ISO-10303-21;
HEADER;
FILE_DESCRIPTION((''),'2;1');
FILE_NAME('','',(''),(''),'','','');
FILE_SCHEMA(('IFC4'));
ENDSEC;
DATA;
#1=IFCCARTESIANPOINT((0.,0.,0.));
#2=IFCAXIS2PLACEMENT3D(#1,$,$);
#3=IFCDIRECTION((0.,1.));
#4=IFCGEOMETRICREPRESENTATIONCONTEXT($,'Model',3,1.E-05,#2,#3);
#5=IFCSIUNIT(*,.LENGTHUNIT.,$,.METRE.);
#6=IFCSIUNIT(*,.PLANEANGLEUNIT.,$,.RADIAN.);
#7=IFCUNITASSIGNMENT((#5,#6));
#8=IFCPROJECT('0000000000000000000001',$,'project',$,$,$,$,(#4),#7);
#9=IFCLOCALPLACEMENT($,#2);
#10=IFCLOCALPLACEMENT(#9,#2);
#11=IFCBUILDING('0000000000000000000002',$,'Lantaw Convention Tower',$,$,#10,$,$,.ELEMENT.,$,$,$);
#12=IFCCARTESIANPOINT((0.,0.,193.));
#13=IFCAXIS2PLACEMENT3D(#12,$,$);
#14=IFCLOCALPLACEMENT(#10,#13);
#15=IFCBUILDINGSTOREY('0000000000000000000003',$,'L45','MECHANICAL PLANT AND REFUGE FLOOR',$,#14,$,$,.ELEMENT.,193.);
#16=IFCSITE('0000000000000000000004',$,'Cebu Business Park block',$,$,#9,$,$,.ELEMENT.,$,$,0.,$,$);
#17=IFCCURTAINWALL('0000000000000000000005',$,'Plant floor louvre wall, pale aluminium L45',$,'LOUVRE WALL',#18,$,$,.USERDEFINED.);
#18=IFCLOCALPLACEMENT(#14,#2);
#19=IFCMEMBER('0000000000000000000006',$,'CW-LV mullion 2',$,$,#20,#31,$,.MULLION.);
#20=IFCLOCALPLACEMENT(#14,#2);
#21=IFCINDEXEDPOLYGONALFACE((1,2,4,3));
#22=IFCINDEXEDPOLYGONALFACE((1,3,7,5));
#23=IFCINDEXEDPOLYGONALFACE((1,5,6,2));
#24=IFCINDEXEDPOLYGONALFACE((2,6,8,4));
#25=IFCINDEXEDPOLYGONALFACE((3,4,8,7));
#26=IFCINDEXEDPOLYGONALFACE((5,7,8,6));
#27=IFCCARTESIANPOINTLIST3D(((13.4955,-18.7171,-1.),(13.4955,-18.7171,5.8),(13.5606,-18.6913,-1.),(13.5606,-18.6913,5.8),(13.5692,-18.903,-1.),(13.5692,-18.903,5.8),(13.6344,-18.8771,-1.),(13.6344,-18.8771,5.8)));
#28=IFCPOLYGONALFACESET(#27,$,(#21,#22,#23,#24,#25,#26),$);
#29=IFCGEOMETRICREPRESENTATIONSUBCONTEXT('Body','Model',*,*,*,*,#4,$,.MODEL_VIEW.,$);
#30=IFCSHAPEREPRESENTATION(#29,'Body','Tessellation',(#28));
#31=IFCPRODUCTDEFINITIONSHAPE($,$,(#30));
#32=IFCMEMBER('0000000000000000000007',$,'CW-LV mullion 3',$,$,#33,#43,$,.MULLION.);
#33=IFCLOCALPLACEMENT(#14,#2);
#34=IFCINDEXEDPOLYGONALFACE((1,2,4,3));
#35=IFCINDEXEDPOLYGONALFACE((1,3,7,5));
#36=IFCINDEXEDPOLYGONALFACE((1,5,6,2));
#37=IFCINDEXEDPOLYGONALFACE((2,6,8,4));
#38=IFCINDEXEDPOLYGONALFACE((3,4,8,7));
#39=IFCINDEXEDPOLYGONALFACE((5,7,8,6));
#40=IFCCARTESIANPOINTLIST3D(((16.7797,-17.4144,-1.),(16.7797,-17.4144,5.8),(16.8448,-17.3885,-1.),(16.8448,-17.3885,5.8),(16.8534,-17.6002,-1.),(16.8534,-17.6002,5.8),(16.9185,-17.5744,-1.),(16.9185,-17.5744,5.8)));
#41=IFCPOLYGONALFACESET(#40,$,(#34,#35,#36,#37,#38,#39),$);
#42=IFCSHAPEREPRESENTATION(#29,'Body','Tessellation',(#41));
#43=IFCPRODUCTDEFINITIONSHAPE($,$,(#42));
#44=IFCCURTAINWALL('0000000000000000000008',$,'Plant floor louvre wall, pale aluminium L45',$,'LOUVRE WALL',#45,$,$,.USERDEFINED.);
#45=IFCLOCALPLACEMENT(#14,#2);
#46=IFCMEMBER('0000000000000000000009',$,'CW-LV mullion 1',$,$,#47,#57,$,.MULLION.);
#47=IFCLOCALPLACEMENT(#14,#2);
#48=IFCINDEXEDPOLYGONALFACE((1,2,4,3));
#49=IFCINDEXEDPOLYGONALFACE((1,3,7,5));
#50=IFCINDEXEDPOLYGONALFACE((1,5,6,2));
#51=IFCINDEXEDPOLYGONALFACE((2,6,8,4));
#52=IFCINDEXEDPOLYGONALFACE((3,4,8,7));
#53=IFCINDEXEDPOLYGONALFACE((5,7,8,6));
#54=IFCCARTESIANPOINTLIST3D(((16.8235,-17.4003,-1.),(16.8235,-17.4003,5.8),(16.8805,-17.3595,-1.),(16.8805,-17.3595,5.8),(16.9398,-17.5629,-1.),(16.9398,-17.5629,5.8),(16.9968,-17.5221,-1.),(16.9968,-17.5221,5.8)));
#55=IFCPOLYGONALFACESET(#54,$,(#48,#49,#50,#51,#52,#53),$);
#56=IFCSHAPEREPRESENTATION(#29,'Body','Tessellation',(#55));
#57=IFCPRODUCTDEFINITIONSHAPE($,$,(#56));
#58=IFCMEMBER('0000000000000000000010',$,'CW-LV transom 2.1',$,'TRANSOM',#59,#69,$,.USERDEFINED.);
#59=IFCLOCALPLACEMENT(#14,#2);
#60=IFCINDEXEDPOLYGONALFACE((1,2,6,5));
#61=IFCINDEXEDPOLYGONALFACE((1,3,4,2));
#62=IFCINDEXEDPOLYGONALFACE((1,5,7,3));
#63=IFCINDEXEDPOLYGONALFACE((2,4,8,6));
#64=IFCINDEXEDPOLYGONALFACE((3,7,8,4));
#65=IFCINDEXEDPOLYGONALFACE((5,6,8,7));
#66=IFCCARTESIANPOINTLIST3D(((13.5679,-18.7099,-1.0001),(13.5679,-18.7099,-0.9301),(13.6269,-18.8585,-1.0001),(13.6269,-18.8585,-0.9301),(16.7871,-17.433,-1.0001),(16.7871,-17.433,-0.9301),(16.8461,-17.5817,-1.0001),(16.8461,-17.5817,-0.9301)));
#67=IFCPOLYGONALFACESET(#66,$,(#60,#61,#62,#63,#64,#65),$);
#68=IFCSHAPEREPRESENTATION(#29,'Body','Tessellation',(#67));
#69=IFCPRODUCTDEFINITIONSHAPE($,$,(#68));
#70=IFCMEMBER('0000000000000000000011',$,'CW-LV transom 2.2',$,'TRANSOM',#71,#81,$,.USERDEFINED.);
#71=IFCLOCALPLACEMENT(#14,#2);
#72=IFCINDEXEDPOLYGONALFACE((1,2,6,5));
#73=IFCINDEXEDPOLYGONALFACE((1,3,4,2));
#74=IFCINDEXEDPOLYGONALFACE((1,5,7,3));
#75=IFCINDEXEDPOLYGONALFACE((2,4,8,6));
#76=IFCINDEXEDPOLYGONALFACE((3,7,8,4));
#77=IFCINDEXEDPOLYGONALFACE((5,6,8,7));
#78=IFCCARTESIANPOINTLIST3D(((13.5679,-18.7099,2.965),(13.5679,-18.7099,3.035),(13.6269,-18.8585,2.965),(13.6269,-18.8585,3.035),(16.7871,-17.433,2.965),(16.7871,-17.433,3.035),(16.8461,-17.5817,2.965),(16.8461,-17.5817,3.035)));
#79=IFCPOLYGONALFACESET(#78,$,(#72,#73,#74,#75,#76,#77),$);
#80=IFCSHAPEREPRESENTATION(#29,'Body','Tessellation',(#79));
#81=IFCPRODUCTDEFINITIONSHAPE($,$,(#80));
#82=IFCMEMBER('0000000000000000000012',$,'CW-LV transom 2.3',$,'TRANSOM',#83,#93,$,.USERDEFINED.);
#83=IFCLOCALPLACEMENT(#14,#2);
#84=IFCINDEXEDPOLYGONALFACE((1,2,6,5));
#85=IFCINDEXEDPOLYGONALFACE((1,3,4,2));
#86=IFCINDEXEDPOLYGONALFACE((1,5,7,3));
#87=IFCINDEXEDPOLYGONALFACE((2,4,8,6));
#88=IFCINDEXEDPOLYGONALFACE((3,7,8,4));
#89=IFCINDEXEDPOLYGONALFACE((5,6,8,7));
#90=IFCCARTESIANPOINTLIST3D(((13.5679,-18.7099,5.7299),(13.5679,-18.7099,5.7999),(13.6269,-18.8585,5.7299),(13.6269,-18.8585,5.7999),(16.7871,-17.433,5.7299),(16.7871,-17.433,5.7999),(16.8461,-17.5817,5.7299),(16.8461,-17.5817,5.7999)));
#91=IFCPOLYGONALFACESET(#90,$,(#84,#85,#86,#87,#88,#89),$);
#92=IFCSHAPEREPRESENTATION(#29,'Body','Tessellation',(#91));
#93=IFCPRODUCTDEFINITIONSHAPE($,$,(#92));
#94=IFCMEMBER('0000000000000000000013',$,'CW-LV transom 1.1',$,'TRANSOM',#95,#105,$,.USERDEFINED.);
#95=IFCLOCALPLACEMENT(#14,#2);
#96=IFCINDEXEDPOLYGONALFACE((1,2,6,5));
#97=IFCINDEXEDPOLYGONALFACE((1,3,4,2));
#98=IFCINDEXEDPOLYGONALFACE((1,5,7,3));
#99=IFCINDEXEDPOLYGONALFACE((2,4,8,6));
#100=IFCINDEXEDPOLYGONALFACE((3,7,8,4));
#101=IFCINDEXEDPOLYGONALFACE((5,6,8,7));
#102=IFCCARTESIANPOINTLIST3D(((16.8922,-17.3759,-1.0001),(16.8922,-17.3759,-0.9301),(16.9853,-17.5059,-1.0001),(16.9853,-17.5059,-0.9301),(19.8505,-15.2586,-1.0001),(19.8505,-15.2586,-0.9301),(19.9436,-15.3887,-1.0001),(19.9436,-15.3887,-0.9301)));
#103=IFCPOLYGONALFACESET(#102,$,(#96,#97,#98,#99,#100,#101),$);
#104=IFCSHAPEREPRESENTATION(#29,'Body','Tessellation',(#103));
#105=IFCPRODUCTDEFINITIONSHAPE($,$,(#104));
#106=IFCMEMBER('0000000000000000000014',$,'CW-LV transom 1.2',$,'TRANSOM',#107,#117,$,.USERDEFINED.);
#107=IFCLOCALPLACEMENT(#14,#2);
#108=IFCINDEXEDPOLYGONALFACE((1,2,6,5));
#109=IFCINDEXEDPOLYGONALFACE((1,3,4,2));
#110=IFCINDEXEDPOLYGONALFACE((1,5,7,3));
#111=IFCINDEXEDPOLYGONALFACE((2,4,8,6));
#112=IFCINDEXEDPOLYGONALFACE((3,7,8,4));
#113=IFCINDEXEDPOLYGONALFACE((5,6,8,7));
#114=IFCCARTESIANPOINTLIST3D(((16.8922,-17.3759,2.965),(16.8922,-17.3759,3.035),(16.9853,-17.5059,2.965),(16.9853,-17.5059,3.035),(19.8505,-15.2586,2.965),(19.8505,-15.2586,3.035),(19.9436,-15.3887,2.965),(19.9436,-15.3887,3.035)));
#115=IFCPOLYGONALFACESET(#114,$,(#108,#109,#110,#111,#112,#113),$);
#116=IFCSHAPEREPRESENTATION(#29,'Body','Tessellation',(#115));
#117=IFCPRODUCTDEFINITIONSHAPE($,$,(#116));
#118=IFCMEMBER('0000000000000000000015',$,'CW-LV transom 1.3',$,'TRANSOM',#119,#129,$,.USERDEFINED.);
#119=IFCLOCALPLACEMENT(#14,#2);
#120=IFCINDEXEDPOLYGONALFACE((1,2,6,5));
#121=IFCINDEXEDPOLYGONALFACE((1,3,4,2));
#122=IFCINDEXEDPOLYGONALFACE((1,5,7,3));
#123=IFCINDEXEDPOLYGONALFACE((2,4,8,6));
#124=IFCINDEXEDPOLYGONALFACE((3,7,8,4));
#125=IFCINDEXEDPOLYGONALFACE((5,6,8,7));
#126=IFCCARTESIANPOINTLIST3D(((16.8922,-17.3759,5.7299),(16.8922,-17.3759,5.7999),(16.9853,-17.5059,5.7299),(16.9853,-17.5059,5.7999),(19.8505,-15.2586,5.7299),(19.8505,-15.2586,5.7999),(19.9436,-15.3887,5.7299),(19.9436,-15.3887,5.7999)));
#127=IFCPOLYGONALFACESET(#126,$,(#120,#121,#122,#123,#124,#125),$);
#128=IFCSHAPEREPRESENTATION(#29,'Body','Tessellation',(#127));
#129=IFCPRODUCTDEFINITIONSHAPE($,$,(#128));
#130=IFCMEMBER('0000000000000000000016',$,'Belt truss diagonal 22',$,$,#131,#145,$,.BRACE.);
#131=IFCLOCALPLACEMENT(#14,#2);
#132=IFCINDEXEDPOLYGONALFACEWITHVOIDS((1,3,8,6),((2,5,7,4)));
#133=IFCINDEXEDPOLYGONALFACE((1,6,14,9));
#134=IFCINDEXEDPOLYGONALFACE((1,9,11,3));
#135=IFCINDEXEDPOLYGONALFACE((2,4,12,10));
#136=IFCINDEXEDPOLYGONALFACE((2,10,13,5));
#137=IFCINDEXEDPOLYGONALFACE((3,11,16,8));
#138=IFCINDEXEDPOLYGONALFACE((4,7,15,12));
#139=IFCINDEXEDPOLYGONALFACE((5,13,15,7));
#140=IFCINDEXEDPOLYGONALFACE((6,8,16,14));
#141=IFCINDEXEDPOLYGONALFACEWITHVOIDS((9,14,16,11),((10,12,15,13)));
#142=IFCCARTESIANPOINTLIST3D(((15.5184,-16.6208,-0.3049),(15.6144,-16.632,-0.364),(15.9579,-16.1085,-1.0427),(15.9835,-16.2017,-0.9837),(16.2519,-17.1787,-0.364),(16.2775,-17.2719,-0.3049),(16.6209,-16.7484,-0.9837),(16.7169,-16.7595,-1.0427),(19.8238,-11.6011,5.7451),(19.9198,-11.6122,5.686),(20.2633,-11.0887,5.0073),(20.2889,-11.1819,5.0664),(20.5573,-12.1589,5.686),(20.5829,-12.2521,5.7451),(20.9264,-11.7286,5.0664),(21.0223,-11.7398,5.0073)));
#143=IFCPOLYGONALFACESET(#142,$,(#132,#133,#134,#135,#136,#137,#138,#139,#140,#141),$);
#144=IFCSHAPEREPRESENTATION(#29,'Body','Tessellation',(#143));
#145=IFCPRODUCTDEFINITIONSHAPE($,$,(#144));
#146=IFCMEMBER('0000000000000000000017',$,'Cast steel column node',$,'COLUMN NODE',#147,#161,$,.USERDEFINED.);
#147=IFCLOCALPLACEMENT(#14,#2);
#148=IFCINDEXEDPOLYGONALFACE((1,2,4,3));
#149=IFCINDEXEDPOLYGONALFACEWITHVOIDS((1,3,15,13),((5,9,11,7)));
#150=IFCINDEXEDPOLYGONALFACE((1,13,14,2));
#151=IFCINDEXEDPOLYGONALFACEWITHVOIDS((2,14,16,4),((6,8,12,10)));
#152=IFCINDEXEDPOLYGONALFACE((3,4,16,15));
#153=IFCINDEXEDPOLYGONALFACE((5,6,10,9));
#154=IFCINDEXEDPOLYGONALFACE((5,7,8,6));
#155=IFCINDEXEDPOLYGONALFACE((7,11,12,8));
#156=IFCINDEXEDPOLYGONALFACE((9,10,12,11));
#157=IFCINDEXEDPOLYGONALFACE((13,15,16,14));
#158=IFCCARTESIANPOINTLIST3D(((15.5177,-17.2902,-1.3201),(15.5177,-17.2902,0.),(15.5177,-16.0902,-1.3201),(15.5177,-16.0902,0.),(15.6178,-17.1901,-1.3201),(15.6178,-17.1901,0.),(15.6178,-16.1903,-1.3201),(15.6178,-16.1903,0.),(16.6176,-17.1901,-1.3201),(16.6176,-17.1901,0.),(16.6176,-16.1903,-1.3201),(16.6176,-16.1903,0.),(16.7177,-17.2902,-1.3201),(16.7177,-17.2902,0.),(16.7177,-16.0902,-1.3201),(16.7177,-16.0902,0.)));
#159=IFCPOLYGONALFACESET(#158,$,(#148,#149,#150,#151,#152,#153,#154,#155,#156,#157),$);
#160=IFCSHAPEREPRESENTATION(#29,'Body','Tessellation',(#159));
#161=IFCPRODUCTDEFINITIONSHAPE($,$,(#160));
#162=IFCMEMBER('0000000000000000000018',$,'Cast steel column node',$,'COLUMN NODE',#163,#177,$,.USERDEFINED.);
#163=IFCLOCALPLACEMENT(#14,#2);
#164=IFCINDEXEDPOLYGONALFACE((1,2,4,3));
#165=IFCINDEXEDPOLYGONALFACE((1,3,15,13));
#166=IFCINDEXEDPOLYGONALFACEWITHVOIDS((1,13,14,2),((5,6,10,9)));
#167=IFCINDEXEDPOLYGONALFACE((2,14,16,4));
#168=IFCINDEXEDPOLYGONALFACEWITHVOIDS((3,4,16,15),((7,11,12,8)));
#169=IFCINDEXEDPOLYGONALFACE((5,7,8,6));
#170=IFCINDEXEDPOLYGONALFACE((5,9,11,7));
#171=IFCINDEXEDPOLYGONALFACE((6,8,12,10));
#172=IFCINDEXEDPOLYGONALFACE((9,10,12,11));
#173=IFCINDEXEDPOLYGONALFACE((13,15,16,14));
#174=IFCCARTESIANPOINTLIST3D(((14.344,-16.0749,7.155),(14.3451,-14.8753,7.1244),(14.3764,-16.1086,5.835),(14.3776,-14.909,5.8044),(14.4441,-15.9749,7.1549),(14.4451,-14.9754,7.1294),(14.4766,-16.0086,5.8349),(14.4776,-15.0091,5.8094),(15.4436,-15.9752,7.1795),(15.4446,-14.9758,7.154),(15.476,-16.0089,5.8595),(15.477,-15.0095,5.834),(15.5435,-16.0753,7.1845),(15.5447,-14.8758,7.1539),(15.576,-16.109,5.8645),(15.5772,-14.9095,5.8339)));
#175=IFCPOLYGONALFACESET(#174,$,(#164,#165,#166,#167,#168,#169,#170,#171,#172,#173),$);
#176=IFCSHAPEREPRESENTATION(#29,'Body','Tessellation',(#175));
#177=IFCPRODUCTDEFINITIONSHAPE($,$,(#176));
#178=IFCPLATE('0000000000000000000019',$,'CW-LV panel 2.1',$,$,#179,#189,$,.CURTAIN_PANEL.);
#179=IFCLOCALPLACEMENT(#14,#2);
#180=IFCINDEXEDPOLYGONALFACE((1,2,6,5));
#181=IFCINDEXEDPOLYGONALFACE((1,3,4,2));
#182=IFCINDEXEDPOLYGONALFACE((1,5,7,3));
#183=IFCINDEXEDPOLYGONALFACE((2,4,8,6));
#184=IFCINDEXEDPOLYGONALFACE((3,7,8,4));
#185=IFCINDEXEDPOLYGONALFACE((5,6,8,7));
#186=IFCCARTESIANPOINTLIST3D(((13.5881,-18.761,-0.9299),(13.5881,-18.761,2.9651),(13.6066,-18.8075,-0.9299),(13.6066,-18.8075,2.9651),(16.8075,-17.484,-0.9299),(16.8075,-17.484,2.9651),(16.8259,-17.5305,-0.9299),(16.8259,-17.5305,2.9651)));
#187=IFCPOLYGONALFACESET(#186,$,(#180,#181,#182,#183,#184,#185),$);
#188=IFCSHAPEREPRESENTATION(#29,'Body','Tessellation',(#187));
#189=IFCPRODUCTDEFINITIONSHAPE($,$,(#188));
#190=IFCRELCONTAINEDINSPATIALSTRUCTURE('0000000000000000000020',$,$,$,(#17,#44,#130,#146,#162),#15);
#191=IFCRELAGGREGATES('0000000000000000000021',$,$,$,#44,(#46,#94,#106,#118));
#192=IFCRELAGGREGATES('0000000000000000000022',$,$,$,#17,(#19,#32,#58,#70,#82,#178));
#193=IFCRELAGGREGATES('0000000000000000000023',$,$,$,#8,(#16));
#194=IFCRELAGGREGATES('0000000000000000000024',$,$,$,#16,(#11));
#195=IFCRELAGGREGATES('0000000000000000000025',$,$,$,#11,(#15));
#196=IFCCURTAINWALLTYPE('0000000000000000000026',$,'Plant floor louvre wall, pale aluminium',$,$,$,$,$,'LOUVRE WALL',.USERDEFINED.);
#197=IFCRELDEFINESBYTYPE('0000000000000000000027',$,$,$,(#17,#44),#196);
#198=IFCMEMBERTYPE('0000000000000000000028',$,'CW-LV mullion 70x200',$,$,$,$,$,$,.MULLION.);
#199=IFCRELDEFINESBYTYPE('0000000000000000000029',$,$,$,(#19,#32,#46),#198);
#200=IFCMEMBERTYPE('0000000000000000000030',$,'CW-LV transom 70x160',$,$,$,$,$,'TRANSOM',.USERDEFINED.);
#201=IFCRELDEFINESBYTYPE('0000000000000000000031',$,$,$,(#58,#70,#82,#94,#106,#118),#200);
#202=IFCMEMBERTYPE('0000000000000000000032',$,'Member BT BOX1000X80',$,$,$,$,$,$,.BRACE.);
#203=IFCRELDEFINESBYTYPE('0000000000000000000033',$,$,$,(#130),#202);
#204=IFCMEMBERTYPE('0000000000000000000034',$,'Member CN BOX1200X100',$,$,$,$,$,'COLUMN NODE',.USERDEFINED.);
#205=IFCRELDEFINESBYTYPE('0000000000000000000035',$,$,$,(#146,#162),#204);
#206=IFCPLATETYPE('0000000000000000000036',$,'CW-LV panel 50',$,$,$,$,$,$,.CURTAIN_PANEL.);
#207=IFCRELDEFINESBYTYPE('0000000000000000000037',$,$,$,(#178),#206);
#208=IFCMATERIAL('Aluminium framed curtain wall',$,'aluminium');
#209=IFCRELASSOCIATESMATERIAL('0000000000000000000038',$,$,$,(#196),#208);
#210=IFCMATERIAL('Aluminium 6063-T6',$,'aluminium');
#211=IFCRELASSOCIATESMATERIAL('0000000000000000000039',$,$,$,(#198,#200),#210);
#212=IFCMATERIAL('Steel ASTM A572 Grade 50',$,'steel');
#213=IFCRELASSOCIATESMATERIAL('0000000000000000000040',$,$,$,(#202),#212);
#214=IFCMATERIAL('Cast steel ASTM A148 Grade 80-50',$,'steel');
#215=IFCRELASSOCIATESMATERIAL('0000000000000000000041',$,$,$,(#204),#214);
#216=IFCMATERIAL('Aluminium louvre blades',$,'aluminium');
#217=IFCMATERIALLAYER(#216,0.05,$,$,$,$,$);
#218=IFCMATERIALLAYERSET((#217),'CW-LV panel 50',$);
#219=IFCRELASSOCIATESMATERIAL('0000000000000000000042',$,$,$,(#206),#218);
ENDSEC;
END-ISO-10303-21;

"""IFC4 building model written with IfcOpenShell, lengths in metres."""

from ifc_helpers import new_model, si_unit, direction, frame, origin, origin_2d, place, context, subcontext, project, spatial, rectangle, hollow_rectangle, extrude, material, layer, layer_set, material_profile, profile_set, type_object, element, aggregate, save


model = new_model("IFC4")

# Units and contexts
model_context = context("Model", 3, precision=1e-05, world=origin(), true_north=direction((0.0, 1.0)))
body_context = subcontext(model_context, "Body", "Model", "MODEL_VIEW")
ifc_project = project(units=[si_unit("LENGTHUNIT", "METRE"), si_unit("PLANEANGLEUNIT", "RADIAN")], contexts=[model_context])

# Site, building, storey
site_placement = place(None, origin())
site = spatial("IfcSite", under=ifc_project, at=site_placement, Name="Cebu Business Park block", CompositionType="ELEMENT", RefElevation=0.0)
building_placement = place(site_placement, origin())
building = spatial("IfcBuilding", under=site, at=building_placement, Name="Lantaw Convention Tower", CompositionType="ELEMENT")
storey_placement = place(building_placement, frame((0.0, 0.0, 193.0)))
storey = spatial("IfcBuildingStorey", under=building, at=storey_placement, Name="L45", Description="MECHANICAL PLANT AND REFUGE FLOOR", CompositionType="ELEMENT", Elevation=193.0)

# Shared definitions
ifc_material_1 = material(Name="Steel ASTM A572 Grade 50", Category="steel")

# Curtain wall, members
ifc_material_2 = material(Name="Aluminium framed curtain wall", Category="aluminium")
curtain_wall_type = type_object("IfcCurtainWallType", Name="Plant floor louvre wall, pale aluminium", ElementType="LOUVRE WALL", PredefinedType="USERDEFINED", material=ifc_material_2)
curtain_wall_1_placement = place(storey_placement, origin())
curtain_wall_1 = element("IfcCurtainWall", 1, at=curtain_wall_1_placement, inside=storey, type_object=curtain_wall_type, Name="Plant floor louvre wall, pale aluminium L45", ObjectType="LOUVRE WALL", PredefinedType="USERDEFINED")
ifc_material_3 = material(Name="Aluminium 6063-T6", Category="aluminium")
ifc_material_profile_1 = material_profile(ifc_material_3, rectangle(XDim=0.2, YDim=0.0701, at=origin_2d()), Name="CW-LV mullion 70x200")
ifc_profile_set_1 = profile_set([ifc_material_profile_1], Name="Aluminium 6063-T6")
member_type_1 = type_object("IfcMemberType", Name="CW-LV mullion 70x200", PredefinedType="MULLION", material=ifc_profile_set_1)
member_1_placement = place(storey_placement, frame((13.5649, -18.7971, -1.0), z_axis=(0.0, 0.0, 1.0), x_axis=(-0.368702, 0.929548, 0.0)))
member_1 = element("IfcMember", 2, at=member_1_placement, type_object=member_type_1, Name="CW-LV mullion 2", PredefinedType="MULLION", context=body_context, shape_type="SweptSolid", body=[
    extrude(rectangle(XDim=0.2, YDim=0.0701, at=origin_2d()), origin(), (0.0, 0.0, 1.0), 6.8),
])
member_2_placement = place(storey_placement, frame((16.8491, -17.4944, -1.0), z_axis=(0.0, 0.0, 1.0), x_axis=(-0.368702, 0.929548, 0.0)))
member_2 = element("IfcMember", 3, at=member_2_placement, type_object=member_type_1, Name="CW-LV mullion 3", PredefinedType="MULLION", context=body_context, shape_type="SweptSolid", body=[
    extrude(rectangle(XDim=0.2, YDim=0.0701, at=origin_2d()), origin(), (0.0, 0.0, 1.0), 6.8),
])

# Curtain wall, member
curtain_wall_2_placement = place(storey_placement, origin())
curtain_wall_2 = element("IfcCurtainWall", 4, at=curtain_wall_2_placement, inside=storey, type_object=curtain_wall_type, Name="Plant floor louvre wall, pale aluminium L45", ObjectType="LOUVRE WALL", PredefinedType="USERDEFINED")
member_3_placement = place(storey_placement, frame((16.9102, -17.4612, -1.0), z_axis=(0.0, 0.0, 1.0), x_axis=(-0.581973, 0.813208, 0.0)))
member_3 = element("IfcMember", 5, at=member_3_placement, type_object=member_type_1, Name="CW-LV mullion 1", PredefinedType="MULLION", context=body_context, shape_type="SweptSolid", body=[
    extrude(rectangle(XDim=0.2, YDim=0.0701, at=origin_2d()), origin(), (0.0, 0.0, 1.0), 6.8),
])

# Members
ifc_material_profile_2 = material_profile(ifc_material_3, rectangle(XDim=0.1599, YDim=0.0701, at=origin_2d()), Name="CW-LV transom 70x160")
ifc_profile_set_2 = profile_set([ifc_material_profile_2], Name="Aluminium 6063-T6")
member_type_2 = type_object("IfcMemberType", Name="CW-LV transom 70x160", ElementType="TRANSOM", PredefinedType="USERDEFINED", material=ifc_profile_set_2)
member_4_placement = place(storey_placement, frame((13.5974, -18.7842, -0.9651), z_axis=(0.929552, 0.368691, 0.0), x_axis=(-0.368691, 0.929552, 0.0)))
member_4 = element("IfcMember", 6, at=member_4_placement, type_object=member_type_2, Name="CW-LV transom 2.1", ObjectType="TRANSOM", PredefinedType="USERDEFINED", context=body_context, shape_type="SweptSolid", body=[
    extrude(rectangle(XDim=0.1599, YDim=0.0701, at=origin_2d()), origin(), (0.0, 0.0, 1.0), 3.4631),
])
member_5_placement = place(storey_placement, frame((13.5974, -18.7842, 3.0), z_axis=(0.929552, 0.368691, 0.0), x_axis=(-0.368691, 0.929552, 0.0)))
member_5 = element("IfcMember", 7, at=member_5_placement, type_object=member_type_2, Name="CW-LV transom 2.2", ObjectType="TRANSOM", PredefinedType="USERDEFINED", context=body_context, shape_type="SweptSolid", body=[
    extrude(rectangle(XDim=0.1599, YDim=0.0701, at=origin_2d()), origin(), (0.0, 0.0, 1.0), 3.4631),
])
member_6_placement = place(storey_placement, frame((13.5974, -18.7842, 5.7649), z_axis=(0.929552, 0.368691, 0.0), x_axis=(-0.368691, 0.929552, 0.0)))
member_6 = element("IfcMember", 8, at=member_6_placement, type_object=member_type_2, Name="CW-LV transom 2.3", ObjectType="TRANSOM", PredefinedType="USERDEFINED", context=body_context, shape_type="SweptSolid", body=[
    extrude(rectangle(XDim=0.1599, YDim=0.0701, at=origin_2d()), origin(), (0.0, 0.0, 1.0), 3.4631),
])
member_7_placement = place(storey_placement, frame((16.9387, -17.4409, -0.9651), z_axis=(0.813194, 0.581993, 0.0), x_axis=(-0.581993, 0.813194, 0.0)))
member_7 = element("IfcMember", 9, at=member_7_placement, type_object=member_type_2, Name="CW-LV transom 1.1", ObjectType="TRANSOM", PredefinedType="USERDEFINED", context=body_context, shape_type="SweptSolid", body=[
    extrude(rectangle(XDim=0.1599, YDim=0.0701, at=origin_2d()), origin(), (0.0, 0.0, 1.0), 3.6379),
])
member_8_placement = place(storey_placement, frame((16.9387, -17.4409, 3.0), z_axis=(0.813194, 0.581993, 0.0), x_axis=(-0.581993, 0.813194, 0.0)))
member_8 = element("IfcMember", 10, at=member_8_placement, type_object=member_type_2, Name="CW-LV transom 1.2", ObjectType="TRANSOM", PredefinedType="USERDEFINED", context=body_context, shape_type="SweptSolid", body=[
    extrude(rectangle(XDim=0.1599, YDim=0.0701, at=origin_2d()), origin(), (0.0, 0.0, 1.0), 3.6379),
])
member_9_placement = place(storey_placement, frame((16.9387, -17.4409, 5.7649), z_axis=(0.813194, 0.581993, 0.0), x_axis=(-0.581993, 0.813194, 0.0)))
member_9 = element("IfcMember", 11, at=member_9_placement, type_object=member_type_2, Name="CW-LV transom 1.3", ObjectType="TRANSOM", PredefinedType="USERDEFINED", context=body_context, shape_type="SweptSolid", body=[
    extrude(rectangle(XDim=0.1599, YDim=0.0701, at=origin_2d()), origin(), (0.0, 0.0, 1.0), 3.6379),
])
aggregate(curtain_wall_2, [member_3, member_7, member_8, member_9])

# Members
ifc_material_profile_3 = material_profile(ifc_material_1, hollow_rectangle(XDim=1.0, YDim=1.0, WallThickness=0.0801, at=origin_2d()), Name="BOX1000X80")
ifc_profile_set_3 = profile_set([ifc_material_profile_3], Name="Steel ASTM A572 Grade 50")
member_type_3 = type_object("IfcMemberType", Name="Member BT BOX1000X80", PredefinedType="BRACE", material=ifc_profile_set_3)
member_10_placement = place(storey_placement, frame((16.1177, -16.6902, -0.6738), z_axis=(0.480347, 0.560047, 0.674992), x_axis=(-0.759051, 0.651032, 0.0)))
element("IfcMember", 12, at=member_10_placement, inside=storey, type_object=member_type_3, Name="Belt truss diagonal 22", PredefinedType="BRACE", context=body_context, shape_type="SweptSolid", body=[
    extrude(hollow_rectangle(XDim=1.0, YDim=1.0, WallThickness=0.0801, at=origin_2d()), origin(), (0.0, 0.0, 1.0), 8.9631),
])
ifc_material_4 = material(Name="Cast steel ASTM A148 Grade 80-50", Category="steel")
ifc_material_profile_4 = material_profile(ifc_material_4, hollow_rectangle(XDim=1.2, YDim=1.2, WallThickness=0.1001, at=origin_2d()), Name="BOX1200X100")
ifc_profile_set_4 = profile_set([ifc_material_profile_4], Name="Cast steel ASTM A148 Grade 80-50")
member_type_4 = type_object("IfcMemberType", Name="Member CN BOX1200X100", ElementType="COLUMN NODE", PredefinedType="USERDEFINED", material=ifc_profile_set_4)
member_11_placement = place(storey_placement, frame((16.1177, -16.6902, -1.3201), z_axis=(0.0, 0.0, 1.0), x_axis=(1.0, 0.0, 0.0)))
element("IfcMember", 13, at=member_11_placement, inside=storey, type_object=member_type_4, Name="Cast steel column node", ObjectType="COLUMN NODE", PredefinedType="USERDEFINED", context=body_context, shape_type="SweptSolid", body=[
    extrude(hollow_rectangle(XDim=1.2, YDim=1.2, WallThickness=0.1001, at=origin_2d()), origin(), (0.0, 0.0, 1.0), 1.3201),
])
member_12_placement = place(storey_placement, frame((14.9768, -15.509, 5.8345), z_axis=(-0.024582, 0.025506, 0.999372), x_axis=(0.999697, -0.000359, 0.024599)))
element("IfcMember", 14, at=member_12_placement, inside=storey, type_object=member_type_4, Name="Cast steel column node", ObjectType="COLUMN NODE", PredefinedType="USERDEFINED", context=body_context, shape_type="SweptSolid", body=[
    extrude(hollow_rectangle(XDim=1.2, YDim=1.2, WallThickness=0.1001, at=origin_2d()), origin(), (0.0, 0.0, 1.0), 1.3208),
])

# Plate
ifc_material_5 = material(Name="Aluminium louvre blades", Category="aluminium")
ifc_layer_1 = layer(ifc_material_5, 0.05)
ifc_layer_set_1 = layer_set([ifc_layer_1], Name="CW-LV panel 50")
plate_type_1 = type_object("IfcPlateType", Name="CW-LV panel 50", PredefinedType="CURTAIN_PANEL", material=ifc_layer_set_1)
plate_1_placement = place(storey_placement, frame((15.207, -18.1458, -0.9299), z_axis=(0.0, 0.0, 1.0), x_axis=(0.929548, 0.368702, 0.0)))
plate_1 = element("IfcPlate", 15, at=plate_1_placement, type_object=plate_type_1, Name="CW-LV panel 2.1", PredefinedType="CURTAIN_PANEL", context=body_context, shape_type="SweptSolid", body=[
    extrude(rectangle(XDim=3.4634, YDim=0.05, at=origin_2d()), origin(), (0.0, 0.0, 1.0), 3.895),
])
aggregate(curtain_wall_1, [member_1, member_2, member_4, member_5, member_6, plate_1])

save(model, "model.ifc")
